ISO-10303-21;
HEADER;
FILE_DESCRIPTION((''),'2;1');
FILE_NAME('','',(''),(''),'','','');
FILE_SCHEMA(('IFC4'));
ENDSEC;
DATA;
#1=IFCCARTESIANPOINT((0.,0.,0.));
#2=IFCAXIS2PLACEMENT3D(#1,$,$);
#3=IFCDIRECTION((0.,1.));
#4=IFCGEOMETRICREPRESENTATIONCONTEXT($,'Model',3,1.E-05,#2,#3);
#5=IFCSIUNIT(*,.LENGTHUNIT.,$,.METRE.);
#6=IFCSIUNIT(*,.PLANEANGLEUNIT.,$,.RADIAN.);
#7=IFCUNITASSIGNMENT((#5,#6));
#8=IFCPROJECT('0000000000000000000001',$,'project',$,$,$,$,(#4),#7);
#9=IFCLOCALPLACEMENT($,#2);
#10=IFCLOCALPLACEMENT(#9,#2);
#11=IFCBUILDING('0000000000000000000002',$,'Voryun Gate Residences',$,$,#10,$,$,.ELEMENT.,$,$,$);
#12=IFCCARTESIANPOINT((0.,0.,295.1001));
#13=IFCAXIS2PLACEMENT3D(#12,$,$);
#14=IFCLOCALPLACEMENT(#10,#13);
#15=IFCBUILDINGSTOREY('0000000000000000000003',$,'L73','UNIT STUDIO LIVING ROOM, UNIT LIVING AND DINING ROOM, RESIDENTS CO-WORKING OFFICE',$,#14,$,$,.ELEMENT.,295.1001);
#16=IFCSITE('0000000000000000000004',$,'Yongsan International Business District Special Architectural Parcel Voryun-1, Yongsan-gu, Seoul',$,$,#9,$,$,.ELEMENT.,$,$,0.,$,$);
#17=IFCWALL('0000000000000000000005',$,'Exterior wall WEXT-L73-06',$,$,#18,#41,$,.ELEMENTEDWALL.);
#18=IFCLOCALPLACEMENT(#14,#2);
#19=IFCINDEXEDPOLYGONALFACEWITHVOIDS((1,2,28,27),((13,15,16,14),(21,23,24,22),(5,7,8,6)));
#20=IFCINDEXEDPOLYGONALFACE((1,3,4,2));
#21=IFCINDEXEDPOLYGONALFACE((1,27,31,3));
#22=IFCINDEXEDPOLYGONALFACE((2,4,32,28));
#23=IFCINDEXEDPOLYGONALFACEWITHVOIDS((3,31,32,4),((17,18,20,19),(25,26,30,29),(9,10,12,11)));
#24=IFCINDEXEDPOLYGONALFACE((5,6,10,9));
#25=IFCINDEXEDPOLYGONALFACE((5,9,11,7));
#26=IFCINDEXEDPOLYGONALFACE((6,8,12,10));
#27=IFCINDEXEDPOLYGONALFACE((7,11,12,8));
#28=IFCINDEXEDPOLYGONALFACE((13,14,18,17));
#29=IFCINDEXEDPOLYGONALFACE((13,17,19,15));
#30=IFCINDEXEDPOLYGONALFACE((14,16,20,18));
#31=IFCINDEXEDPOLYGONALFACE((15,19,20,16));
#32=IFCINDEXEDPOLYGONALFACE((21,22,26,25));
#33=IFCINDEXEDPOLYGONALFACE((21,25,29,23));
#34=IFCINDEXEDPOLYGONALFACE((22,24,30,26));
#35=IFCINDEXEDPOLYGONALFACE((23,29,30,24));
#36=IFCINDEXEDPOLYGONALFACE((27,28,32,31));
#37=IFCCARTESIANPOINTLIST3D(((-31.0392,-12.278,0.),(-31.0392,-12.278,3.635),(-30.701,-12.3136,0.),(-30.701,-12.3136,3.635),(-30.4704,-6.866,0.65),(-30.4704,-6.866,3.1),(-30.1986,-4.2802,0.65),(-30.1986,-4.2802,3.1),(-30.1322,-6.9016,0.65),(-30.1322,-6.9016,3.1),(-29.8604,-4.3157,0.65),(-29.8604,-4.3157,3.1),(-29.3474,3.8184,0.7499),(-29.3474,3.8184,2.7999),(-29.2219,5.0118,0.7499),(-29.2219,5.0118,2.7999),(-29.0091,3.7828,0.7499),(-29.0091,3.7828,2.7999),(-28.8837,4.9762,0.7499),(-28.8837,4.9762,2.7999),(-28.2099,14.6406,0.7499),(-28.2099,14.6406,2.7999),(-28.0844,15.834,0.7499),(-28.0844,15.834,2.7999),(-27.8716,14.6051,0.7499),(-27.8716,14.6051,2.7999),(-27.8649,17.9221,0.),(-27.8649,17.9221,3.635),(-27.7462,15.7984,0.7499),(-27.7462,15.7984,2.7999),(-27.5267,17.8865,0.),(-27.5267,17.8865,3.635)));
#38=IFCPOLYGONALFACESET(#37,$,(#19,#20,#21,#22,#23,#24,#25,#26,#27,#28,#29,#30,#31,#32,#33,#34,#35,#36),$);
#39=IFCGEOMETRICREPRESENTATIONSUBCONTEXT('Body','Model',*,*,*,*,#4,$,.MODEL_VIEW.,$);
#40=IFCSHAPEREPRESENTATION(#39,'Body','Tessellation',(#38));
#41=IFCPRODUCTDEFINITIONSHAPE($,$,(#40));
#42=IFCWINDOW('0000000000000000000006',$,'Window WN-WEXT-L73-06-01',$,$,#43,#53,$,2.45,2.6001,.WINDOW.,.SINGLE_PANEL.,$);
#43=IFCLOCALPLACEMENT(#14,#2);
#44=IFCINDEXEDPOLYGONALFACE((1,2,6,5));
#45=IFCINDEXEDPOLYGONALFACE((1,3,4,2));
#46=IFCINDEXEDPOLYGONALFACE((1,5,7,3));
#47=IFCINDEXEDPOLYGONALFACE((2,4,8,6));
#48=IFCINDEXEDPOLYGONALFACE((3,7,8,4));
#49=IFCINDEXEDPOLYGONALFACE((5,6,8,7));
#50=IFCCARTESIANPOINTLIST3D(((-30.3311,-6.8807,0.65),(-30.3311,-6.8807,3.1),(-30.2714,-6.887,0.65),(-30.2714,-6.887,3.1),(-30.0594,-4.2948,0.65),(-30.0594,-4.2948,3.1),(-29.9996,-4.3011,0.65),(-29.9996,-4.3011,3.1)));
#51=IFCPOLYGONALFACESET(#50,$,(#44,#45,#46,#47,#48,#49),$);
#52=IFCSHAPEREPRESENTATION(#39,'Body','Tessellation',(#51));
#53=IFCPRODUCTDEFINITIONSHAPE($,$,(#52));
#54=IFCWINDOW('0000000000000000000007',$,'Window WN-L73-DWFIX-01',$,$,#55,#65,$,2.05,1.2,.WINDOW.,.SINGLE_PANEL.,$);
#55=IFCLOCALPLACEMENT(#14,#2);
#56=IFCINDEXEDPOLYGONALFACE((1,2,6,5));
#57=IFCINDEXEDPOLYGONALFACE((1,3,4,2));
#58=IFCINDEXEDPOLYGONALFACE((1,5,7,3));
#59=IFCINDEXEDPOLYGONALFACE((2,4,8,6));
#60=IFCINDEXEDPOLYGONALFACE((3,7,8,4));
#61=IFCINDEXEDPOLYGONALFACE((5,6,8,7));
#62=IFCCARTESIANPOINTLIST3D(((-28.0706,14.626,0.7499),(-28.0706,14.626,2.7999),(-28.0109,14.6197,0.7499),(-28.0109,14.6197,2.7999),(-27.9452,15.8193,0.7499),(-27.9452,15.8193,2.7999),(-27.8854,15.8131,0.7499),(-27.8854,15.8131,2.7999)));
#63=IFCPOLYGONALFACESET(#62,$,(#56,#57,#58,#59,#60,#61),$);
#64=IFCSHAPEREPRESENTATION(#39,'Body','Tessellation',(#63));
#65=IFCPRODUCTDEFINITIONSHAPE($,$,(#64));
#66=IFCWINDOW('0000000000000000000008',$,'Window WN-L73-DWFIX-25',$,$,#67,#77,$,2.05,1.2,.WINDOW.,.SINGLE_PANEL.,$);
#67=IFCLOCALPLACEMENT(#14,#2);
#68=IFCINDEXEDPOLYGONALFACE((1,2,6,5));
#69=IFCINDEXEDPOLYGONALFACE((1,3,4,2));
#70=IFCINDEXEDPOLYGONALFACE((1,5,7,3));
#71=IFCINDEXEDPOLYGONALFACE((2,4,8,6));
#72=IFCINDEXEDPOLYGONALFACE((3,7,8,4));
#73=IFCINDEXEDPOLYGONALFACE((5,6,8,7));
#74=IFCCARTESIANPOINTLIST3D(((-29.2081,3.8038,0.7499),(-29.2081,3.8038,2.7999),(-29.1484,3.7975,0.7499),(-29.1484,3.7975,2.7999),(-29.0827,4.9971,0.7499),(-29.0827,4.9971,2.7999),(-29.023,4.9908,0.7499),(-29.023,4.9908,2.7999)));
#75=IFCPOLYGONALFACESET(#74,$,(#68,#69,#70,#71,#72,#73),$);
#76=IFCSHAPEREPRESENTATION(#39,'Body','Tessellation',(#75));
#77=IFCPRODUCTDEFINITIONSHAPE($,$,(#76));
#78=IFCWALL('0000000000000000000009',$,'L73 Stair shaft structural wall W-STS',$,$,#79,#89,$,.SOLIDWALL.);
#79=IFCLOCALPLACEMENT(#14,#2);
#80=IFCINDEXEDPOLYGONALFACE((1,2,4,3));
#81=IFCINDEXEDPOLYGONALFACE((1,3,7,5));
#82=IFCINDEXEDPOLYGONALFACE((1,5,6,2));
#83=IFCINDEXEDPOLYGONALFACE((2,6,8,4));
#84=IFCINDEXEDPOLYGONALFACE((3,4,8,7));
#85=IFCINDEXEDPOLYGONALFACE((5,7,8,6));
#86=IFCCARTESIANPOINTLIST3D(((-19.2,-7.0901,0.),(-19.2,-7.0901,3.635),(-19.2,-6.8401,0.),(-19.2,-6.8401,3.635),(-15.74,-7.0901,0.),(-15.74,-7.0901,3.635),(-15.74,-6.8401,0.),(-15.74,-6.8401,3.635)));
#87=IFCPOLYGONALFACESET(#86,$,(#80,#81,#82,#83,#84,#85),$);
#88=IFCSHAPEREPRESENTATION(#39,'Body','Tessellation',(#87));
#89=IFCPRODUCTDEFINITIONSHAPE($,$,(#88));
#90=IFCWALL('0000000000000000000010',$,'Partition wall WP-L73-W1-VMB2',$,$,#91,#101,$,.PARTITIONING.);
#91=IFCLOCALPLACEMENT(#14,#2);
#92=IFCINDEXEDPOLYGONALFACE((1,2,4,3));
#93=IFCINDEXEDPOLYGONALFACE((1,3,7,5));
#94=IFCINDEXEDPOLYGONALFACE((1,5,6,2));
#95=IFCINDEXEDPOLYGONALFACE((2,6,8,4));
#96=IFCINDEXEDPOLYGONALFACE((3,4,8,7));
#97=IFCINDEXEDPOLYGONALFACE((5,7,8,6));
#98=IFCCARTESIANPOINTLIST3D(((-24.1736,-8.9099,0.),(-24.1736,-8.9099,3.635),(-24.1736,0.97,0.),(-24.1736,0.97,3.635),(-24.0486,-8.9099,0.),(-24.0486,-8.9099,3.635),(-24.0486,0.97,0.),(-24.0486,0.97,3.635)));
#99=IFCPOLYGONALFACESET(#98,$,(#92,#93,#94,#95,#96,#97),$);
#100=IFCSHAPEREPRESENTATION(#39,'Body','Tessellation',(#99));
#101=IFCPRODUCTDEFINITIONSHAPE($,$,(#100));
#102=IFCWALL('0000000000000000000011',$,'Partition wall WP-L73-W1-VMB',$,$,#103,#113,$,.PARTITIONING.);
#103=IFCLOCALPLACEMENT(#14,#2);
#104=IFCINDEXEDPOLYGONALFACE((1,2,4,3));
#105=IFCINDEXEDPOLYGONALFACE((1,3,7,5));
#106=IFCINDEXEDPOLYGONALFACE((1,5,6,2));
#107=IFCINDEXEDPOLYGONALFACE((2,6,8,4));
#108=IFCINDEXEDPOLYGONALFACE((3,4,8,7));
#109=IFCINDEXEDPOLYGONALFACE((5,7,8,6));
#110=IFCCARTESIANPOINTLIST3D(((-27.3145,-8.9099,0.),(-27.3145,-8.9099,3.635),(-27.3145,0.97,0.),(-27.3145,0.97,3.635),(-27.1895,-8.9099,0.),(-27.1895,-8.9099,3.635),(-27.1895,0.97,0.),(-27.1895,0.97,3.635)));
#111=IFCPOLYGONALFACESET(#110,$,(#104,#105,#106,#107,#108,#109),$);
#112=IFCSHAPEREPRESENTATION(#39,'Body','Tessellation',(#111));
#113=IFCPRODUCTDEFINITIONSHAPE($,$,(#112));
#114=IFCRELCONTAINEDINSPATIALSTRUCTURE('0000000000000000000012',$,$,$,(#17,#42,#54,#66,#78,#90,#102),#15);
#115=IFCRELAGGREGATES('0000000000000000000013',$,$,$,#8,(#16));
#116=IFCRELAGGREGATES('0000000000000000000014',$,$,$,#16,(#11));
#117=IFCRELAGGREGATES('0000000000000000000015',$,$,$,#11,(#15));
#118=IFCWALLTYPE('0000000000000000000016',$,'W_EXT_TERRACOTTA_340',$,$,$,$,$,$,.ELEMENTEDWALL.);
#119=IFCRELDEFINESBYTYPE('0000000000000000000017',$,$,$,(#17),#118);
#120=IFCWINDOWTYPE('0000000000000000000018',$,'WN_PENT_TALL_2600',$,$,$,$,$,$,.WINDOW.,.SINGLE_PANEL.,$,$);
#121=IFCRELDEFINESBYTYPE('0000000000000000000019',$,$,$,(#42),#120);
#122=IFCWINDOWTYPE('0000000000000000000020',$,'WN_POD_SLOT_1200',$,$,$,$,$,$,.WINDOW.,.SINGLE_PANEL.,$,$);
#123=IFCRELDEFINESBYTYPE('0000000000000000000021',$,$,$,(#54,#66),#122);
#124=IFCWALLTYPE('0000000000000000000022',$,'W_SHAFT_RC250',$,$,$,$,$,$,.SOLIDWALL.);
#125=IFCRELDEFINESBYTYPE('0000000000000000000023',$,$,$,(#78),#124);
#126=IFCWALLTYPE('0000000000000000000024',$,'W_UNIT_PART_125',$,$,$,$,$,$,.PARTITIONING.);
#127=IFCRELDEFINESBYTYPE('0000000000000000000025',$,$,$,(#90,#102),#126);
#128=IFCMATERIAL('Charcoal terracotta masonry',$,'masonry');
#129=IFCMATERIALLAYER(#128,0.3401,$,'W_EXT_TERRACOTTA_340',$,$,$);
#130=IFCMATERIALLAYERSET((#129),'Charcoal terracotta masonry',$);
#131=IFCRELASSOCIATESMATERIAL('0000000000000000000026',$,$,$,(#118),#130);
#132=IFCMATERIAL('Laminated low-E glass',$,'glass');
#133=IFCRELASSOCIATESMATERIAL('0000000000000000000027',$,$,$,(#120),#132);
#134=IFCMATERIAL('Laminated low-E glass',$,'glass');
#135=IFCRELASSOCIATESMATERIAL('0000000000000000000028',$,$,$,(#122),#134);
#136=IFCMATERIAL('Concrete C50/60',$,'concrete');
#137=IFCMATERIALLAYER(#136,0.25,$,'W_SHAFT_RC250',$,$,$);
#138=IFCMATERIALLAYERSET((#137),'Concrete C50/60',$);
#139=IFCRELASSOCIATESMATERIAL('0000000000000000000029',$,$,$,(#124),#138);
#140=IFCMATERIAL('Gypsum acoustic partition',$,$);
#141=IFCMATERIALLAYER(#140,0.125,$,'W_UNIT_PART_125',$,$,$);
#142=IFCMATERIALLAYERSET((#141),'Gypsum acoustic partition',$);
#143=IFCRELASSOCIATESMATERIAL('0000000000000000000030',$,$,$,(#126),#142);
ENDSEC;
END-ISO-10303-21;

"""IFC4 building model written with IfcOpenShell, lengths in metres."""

from ifc_helpers import new_model, si_unit, direction, frame, frame_2d, origin, place, context, subcontext, project, spatial, rectangle, extrude, material, layer, layer_set, type_object, element, fill, save


model = new_model("IFC4")

# Units and contexts
model_context = context("Model", 3, precision=1e-05, world=origin(), true_north=direction((0.0, 1.0)))
body_context = subcontext(model_context, "Body", "Model", "MODEL_VIEW")
ifc_project = project(units=[si_unit("LENGTHUNIT", "METRE"), si_unit("PLANEANGLEUNIT", "RADIAN")], contexts=[model_context])

# Site, building, storey
site_placement = place(None, origin())
site = spatial("IfcSite", under=ifc_project, at=site_placement, Name="Yongsan International Business District Special Architectural Parcel Voryun-1, Yongsan-gu, Seoul", CompositionType="ELEMENT", RefElevation=0.0)
building_placement = place(site_placement, origin())
building = spatial("IfcBuilding", under=site, at=building_placement, Name="Voryun Gate Residences", CompositionType="ELEMENT")
storey_placement = place(building_placement, frame((0.0, 0.0, 295.1001)))
storey = spatial("IfcBuildingStorey", under=building, at=storey_placement, Name="L73", Description="UNIT STUDIO LIVING ROOM, UNIT LIVING AND DINING ROOM, RESIDENTS CO-WORKING OFFICE", CompositionType="ELEMENT", Elevation=295.1001)

# Wall, openings, windows
ifc_material_1 = material(Name="Charcoal terracotta masonry", Category="masonry")
ifc_layer_1 = layer(ifc_material_1, 0.3401, Name="W_EXT_TERRACOTTA_340")
ifc_layer_set_1 = layer_set([ifc_layer_1], Name="Charcoal terracotta masonry")
wall_type_1 = type_object("IfcWallType", Name="W_EXT_TERRACOTTA_340", PredefinedType="ELEMENTEDWALL", material=ifc_layer_set_1)
wall_1_placement = place(storey_placement, frame((-30.8701, -12.2957, 0.0), z_axis=(0.0, 0.0, 1.0), x_axis=(0.104533, 0.994521, 0.0)))
wall_1 = element("IfcWall", 1, at=wall_1_placement, inside=storey, type_object=wall_type_1, Name="Exterior wall WEXT-L73-06", PredefinedType="ELEMENTEDWALL", context=body_context, shape_type="SweptSolid", body=[
    extrude(rectangle(XDim=30.3665, YDim=0.3401, at=frame_2d((15.1831, 0.0))), origin(), (0.0, 0.0, 1.0), 3.635),
])
opening_1_placement = place(wall_1_placement, frame((5.4417, 0.0, 0.6499)))
opening_1 = element("IfcOpeningElement", 2, at=opening_1_placement, cuts=wall_1, PredefinedType="OPENING", context=body_context, shape_type="SweptSolid", body=[
    extrude(rectangle(XDim=2.6001, YDim=2.45, at=frame_2d((1.3, 1.2251))), frame((0.0, 0.1799, 0.0), z_axis=(0.0, -1.0, 0.0), x_axis=(1.0, 0.0, 0.0)), (0.0, 0.0, 1.0), 0.3601),
])
opening_2_placement = place(wall_1_placement, frame((27.0667, 0.0, 0.75)))
opening_2 = element("IfcOpeningElement", 3, at=opening_2_placement, cuts=wall_1, PredefinedType="OPENING", context=body_context, shape_type="SweptSolid", body=[
    extrude(rectangle(XDim=1.2, YDim=2.05, at=frame_2d((0.6001, 1.0249))), frame((0.0, 0.1799, 0.0), z_axis=(0.0, -1.0, 0.0), x_axis=(1.0, 0.0, 0.0)), (0.0, 0.0, 1.0), 0.3601),
])
opening_3_placement = place(wall_1_placement, frame((16.1848, 0.0, 0.75)))
opening_3 = element("IfcOpeningElement", 4, at=opening_3_placement, cuts=wall_1, PredefinedType="OPENING", context=body_context, shape_type="SweptSolid", body=[
    extrude(rectangle(XDim=1.2, YDim=2.05, at=frame_2d((0.6001, 1.0249))), frame((0.0, 0.1799, 0.0), z_axis=(0.0, -1.0, 0.0), x_axis=(1.0, 0.0, 0.0)), (0.0, 0.0, 1.0), 0.3601),
])
ifc_material_2 = material(Name="Laminated low-E glass", Category="glass")
window_type_1 = type_object("IfcWindowType", Name="WN_PENT_TALL_2600", PartitioningType="SINGLE_PANEL", PredefinedType="WINDOW", material=ifc_material_2)
window_1_placement = place(opening_1_placement, origin())
window_1 = element("IfcWindow", 5, at=window_1_placement, inside=storey, type_object=window_type_1, Name="Window WN-WEXT-L73-06-01", OverallHeight=2.45, OverallWidth=2.6001, PartitioningType="SINGLE_PANEL", PredefinedType="WINDOW", context=body_context, shape_type="SweptSolid", body=[
    extrude(rectangle(XDim=2.6001, YDim=2.45, at=frame_2d((1.3, 1.2251))), frame((0.0, 0.03, 0.0), z_axis=(0.0, -1.0, 0.0), x_axis=(1.0, 0.0, 0.0)), (0.0, 0.0, 1.0), 0.0601),
])
fill(opening_1, window_1)
ifc_material_3 = material(Name="Laminated low-E glass", Category="glass")
window_type_2 = type_object("IfcWindowType", Name="WN_POD_SLOT_1200", PartitioningType="SINGLE_PANEL", PredefinedType="WINDOW", material=ifc_material_3)
window_2_placement = place(opening_2_placement, origin())
window_2 = element("IfcWindow", 6, at=window_2_placement, inside=storey, type_object=window_type_2, Name="Window WN-L73-DWFIX-01", OverallHeight=2.05, OverallWidth=1.2, PartitioningType="SINGLE_PANEL", PredefinedType="WINDOW", context=body_context, shape_type="SweptSolid", body=[
    extrude(rectangle(XDim=1.2, YDim=2.05, at=frame_2d((0.6001, 1.0249))), frame((0.0, 0.03, 0.0), z_axis=(0.0, -1.0, 0.0), x_axis=(1.0, 0.0, 0.0)), (0.0, 0.0, 1.0), 0.0601),
])
fill(opening_2, window_2)
window_3_placement = place(opening_3_placement, origin())
window_3 = element("IfcWindow", 7, at=window_3_placement, inside=storey, type_object=window_type_2, Name="Window WN-L73-DWFIX-25", OverallHeight=2.05, OverallWidth=1.2, PartitioningType="SINGLE_PANEL", PredefinedType="WINDOW", context=body_context, shape_type="SweptSolid", body=[
    extrude(rectangle(XDim=1.2, YDim=2.05, at=frame_2d((0.6001, 1.0249))), frame((0.0, 0.03, 0.0), z_axis=(0.0, -1.0, 0.0), x_axis=(1.0, 0.0, 0.0)), (0.0, 0.0, 1.0), 0.0601),
])
fill(opening_3, window_3)

# Walls
ifc_material_4 = material(Name="Concrete C50/60", Category="concrete")
ifc_layer_2 = layer(ifc_material_4, 0.25, Name="W_SHAFT_RC250")
ifc_layer_set_2 = layer_set([ifc_layer_2], Name="Concrete C50/60")
wall_type_2 = type_object("IfcWallType", Name="W_SHAFT_RC250", PredefinedType="SOLIDWALL", material=ifc_layer_set_2)
wall_2_placement = place(storey_placement, frame((-19.2, -6.9651, 0.0), z_axis=(0.0, 0.0, 1.0), x_axis=(1.0, 0.0, 0.0)))
element("IfcWall", 8, at=wall_2_placement, inside=storey, type_object=wall_type_2, Name="L73 Stair shaft structural wall W-STS", PredefinedType="SOLIDWALL", context=body_context, shape_type="SweptSolid", body=[
    extrude(rectangle(XDim=3.46, YDim=0.25, at=frame_2d((1.73, 0.0))), origin(), (0.0, 0.0, 1.0), 3.635),
])
ifc_material_5 = material(Name="Gypsum acoustic partition")
ifc_layer_3 = layer(ifc_material_5, 0.125, Name="W_UNIT_PART_125")
ifc_layer_set_3 = layer_set([ifc_layer_3], Name="Gypsum acoustic partition")
wall_type_3 = type_object("IfcWallType", Name="W_UNIT_PART_125", PredefinedType="PARTITIONING", material=ifc_layer_set_3)
for number, where, z_axis, x_axis, name in (
    (9, (-24.1111, -8.9099, 0.0), (0.0, 0.0, 1.0), (0.0, 1.0, 0.0), "Partition wall WP-L73-W1-VMB2"),
    (10, (-27.252, -8.9099, 0.0), (0.0, 0.0, 1.0), (0.0, 1.0, 0.0), "Partition wall WP-L73-W1-VMB"),
):
    element("IfcWall", number, at=place(storey_placement, frame(where, z_axis=z_axis, x_axis=x_axis)), inside=storey, type_object=wall_type_3, Name=name, PredefinedType="PARTITIONING", context=body_context, shape_type="SweptSolid", body=[
        extrude(rectangle(XDim=9.8799, YDim=0.125, at=frame_2d((4.9399, 0.0))), origin(), (0.0, 0.0, 1.0), 3.635),
    ])

save(model, "model.ifc")
